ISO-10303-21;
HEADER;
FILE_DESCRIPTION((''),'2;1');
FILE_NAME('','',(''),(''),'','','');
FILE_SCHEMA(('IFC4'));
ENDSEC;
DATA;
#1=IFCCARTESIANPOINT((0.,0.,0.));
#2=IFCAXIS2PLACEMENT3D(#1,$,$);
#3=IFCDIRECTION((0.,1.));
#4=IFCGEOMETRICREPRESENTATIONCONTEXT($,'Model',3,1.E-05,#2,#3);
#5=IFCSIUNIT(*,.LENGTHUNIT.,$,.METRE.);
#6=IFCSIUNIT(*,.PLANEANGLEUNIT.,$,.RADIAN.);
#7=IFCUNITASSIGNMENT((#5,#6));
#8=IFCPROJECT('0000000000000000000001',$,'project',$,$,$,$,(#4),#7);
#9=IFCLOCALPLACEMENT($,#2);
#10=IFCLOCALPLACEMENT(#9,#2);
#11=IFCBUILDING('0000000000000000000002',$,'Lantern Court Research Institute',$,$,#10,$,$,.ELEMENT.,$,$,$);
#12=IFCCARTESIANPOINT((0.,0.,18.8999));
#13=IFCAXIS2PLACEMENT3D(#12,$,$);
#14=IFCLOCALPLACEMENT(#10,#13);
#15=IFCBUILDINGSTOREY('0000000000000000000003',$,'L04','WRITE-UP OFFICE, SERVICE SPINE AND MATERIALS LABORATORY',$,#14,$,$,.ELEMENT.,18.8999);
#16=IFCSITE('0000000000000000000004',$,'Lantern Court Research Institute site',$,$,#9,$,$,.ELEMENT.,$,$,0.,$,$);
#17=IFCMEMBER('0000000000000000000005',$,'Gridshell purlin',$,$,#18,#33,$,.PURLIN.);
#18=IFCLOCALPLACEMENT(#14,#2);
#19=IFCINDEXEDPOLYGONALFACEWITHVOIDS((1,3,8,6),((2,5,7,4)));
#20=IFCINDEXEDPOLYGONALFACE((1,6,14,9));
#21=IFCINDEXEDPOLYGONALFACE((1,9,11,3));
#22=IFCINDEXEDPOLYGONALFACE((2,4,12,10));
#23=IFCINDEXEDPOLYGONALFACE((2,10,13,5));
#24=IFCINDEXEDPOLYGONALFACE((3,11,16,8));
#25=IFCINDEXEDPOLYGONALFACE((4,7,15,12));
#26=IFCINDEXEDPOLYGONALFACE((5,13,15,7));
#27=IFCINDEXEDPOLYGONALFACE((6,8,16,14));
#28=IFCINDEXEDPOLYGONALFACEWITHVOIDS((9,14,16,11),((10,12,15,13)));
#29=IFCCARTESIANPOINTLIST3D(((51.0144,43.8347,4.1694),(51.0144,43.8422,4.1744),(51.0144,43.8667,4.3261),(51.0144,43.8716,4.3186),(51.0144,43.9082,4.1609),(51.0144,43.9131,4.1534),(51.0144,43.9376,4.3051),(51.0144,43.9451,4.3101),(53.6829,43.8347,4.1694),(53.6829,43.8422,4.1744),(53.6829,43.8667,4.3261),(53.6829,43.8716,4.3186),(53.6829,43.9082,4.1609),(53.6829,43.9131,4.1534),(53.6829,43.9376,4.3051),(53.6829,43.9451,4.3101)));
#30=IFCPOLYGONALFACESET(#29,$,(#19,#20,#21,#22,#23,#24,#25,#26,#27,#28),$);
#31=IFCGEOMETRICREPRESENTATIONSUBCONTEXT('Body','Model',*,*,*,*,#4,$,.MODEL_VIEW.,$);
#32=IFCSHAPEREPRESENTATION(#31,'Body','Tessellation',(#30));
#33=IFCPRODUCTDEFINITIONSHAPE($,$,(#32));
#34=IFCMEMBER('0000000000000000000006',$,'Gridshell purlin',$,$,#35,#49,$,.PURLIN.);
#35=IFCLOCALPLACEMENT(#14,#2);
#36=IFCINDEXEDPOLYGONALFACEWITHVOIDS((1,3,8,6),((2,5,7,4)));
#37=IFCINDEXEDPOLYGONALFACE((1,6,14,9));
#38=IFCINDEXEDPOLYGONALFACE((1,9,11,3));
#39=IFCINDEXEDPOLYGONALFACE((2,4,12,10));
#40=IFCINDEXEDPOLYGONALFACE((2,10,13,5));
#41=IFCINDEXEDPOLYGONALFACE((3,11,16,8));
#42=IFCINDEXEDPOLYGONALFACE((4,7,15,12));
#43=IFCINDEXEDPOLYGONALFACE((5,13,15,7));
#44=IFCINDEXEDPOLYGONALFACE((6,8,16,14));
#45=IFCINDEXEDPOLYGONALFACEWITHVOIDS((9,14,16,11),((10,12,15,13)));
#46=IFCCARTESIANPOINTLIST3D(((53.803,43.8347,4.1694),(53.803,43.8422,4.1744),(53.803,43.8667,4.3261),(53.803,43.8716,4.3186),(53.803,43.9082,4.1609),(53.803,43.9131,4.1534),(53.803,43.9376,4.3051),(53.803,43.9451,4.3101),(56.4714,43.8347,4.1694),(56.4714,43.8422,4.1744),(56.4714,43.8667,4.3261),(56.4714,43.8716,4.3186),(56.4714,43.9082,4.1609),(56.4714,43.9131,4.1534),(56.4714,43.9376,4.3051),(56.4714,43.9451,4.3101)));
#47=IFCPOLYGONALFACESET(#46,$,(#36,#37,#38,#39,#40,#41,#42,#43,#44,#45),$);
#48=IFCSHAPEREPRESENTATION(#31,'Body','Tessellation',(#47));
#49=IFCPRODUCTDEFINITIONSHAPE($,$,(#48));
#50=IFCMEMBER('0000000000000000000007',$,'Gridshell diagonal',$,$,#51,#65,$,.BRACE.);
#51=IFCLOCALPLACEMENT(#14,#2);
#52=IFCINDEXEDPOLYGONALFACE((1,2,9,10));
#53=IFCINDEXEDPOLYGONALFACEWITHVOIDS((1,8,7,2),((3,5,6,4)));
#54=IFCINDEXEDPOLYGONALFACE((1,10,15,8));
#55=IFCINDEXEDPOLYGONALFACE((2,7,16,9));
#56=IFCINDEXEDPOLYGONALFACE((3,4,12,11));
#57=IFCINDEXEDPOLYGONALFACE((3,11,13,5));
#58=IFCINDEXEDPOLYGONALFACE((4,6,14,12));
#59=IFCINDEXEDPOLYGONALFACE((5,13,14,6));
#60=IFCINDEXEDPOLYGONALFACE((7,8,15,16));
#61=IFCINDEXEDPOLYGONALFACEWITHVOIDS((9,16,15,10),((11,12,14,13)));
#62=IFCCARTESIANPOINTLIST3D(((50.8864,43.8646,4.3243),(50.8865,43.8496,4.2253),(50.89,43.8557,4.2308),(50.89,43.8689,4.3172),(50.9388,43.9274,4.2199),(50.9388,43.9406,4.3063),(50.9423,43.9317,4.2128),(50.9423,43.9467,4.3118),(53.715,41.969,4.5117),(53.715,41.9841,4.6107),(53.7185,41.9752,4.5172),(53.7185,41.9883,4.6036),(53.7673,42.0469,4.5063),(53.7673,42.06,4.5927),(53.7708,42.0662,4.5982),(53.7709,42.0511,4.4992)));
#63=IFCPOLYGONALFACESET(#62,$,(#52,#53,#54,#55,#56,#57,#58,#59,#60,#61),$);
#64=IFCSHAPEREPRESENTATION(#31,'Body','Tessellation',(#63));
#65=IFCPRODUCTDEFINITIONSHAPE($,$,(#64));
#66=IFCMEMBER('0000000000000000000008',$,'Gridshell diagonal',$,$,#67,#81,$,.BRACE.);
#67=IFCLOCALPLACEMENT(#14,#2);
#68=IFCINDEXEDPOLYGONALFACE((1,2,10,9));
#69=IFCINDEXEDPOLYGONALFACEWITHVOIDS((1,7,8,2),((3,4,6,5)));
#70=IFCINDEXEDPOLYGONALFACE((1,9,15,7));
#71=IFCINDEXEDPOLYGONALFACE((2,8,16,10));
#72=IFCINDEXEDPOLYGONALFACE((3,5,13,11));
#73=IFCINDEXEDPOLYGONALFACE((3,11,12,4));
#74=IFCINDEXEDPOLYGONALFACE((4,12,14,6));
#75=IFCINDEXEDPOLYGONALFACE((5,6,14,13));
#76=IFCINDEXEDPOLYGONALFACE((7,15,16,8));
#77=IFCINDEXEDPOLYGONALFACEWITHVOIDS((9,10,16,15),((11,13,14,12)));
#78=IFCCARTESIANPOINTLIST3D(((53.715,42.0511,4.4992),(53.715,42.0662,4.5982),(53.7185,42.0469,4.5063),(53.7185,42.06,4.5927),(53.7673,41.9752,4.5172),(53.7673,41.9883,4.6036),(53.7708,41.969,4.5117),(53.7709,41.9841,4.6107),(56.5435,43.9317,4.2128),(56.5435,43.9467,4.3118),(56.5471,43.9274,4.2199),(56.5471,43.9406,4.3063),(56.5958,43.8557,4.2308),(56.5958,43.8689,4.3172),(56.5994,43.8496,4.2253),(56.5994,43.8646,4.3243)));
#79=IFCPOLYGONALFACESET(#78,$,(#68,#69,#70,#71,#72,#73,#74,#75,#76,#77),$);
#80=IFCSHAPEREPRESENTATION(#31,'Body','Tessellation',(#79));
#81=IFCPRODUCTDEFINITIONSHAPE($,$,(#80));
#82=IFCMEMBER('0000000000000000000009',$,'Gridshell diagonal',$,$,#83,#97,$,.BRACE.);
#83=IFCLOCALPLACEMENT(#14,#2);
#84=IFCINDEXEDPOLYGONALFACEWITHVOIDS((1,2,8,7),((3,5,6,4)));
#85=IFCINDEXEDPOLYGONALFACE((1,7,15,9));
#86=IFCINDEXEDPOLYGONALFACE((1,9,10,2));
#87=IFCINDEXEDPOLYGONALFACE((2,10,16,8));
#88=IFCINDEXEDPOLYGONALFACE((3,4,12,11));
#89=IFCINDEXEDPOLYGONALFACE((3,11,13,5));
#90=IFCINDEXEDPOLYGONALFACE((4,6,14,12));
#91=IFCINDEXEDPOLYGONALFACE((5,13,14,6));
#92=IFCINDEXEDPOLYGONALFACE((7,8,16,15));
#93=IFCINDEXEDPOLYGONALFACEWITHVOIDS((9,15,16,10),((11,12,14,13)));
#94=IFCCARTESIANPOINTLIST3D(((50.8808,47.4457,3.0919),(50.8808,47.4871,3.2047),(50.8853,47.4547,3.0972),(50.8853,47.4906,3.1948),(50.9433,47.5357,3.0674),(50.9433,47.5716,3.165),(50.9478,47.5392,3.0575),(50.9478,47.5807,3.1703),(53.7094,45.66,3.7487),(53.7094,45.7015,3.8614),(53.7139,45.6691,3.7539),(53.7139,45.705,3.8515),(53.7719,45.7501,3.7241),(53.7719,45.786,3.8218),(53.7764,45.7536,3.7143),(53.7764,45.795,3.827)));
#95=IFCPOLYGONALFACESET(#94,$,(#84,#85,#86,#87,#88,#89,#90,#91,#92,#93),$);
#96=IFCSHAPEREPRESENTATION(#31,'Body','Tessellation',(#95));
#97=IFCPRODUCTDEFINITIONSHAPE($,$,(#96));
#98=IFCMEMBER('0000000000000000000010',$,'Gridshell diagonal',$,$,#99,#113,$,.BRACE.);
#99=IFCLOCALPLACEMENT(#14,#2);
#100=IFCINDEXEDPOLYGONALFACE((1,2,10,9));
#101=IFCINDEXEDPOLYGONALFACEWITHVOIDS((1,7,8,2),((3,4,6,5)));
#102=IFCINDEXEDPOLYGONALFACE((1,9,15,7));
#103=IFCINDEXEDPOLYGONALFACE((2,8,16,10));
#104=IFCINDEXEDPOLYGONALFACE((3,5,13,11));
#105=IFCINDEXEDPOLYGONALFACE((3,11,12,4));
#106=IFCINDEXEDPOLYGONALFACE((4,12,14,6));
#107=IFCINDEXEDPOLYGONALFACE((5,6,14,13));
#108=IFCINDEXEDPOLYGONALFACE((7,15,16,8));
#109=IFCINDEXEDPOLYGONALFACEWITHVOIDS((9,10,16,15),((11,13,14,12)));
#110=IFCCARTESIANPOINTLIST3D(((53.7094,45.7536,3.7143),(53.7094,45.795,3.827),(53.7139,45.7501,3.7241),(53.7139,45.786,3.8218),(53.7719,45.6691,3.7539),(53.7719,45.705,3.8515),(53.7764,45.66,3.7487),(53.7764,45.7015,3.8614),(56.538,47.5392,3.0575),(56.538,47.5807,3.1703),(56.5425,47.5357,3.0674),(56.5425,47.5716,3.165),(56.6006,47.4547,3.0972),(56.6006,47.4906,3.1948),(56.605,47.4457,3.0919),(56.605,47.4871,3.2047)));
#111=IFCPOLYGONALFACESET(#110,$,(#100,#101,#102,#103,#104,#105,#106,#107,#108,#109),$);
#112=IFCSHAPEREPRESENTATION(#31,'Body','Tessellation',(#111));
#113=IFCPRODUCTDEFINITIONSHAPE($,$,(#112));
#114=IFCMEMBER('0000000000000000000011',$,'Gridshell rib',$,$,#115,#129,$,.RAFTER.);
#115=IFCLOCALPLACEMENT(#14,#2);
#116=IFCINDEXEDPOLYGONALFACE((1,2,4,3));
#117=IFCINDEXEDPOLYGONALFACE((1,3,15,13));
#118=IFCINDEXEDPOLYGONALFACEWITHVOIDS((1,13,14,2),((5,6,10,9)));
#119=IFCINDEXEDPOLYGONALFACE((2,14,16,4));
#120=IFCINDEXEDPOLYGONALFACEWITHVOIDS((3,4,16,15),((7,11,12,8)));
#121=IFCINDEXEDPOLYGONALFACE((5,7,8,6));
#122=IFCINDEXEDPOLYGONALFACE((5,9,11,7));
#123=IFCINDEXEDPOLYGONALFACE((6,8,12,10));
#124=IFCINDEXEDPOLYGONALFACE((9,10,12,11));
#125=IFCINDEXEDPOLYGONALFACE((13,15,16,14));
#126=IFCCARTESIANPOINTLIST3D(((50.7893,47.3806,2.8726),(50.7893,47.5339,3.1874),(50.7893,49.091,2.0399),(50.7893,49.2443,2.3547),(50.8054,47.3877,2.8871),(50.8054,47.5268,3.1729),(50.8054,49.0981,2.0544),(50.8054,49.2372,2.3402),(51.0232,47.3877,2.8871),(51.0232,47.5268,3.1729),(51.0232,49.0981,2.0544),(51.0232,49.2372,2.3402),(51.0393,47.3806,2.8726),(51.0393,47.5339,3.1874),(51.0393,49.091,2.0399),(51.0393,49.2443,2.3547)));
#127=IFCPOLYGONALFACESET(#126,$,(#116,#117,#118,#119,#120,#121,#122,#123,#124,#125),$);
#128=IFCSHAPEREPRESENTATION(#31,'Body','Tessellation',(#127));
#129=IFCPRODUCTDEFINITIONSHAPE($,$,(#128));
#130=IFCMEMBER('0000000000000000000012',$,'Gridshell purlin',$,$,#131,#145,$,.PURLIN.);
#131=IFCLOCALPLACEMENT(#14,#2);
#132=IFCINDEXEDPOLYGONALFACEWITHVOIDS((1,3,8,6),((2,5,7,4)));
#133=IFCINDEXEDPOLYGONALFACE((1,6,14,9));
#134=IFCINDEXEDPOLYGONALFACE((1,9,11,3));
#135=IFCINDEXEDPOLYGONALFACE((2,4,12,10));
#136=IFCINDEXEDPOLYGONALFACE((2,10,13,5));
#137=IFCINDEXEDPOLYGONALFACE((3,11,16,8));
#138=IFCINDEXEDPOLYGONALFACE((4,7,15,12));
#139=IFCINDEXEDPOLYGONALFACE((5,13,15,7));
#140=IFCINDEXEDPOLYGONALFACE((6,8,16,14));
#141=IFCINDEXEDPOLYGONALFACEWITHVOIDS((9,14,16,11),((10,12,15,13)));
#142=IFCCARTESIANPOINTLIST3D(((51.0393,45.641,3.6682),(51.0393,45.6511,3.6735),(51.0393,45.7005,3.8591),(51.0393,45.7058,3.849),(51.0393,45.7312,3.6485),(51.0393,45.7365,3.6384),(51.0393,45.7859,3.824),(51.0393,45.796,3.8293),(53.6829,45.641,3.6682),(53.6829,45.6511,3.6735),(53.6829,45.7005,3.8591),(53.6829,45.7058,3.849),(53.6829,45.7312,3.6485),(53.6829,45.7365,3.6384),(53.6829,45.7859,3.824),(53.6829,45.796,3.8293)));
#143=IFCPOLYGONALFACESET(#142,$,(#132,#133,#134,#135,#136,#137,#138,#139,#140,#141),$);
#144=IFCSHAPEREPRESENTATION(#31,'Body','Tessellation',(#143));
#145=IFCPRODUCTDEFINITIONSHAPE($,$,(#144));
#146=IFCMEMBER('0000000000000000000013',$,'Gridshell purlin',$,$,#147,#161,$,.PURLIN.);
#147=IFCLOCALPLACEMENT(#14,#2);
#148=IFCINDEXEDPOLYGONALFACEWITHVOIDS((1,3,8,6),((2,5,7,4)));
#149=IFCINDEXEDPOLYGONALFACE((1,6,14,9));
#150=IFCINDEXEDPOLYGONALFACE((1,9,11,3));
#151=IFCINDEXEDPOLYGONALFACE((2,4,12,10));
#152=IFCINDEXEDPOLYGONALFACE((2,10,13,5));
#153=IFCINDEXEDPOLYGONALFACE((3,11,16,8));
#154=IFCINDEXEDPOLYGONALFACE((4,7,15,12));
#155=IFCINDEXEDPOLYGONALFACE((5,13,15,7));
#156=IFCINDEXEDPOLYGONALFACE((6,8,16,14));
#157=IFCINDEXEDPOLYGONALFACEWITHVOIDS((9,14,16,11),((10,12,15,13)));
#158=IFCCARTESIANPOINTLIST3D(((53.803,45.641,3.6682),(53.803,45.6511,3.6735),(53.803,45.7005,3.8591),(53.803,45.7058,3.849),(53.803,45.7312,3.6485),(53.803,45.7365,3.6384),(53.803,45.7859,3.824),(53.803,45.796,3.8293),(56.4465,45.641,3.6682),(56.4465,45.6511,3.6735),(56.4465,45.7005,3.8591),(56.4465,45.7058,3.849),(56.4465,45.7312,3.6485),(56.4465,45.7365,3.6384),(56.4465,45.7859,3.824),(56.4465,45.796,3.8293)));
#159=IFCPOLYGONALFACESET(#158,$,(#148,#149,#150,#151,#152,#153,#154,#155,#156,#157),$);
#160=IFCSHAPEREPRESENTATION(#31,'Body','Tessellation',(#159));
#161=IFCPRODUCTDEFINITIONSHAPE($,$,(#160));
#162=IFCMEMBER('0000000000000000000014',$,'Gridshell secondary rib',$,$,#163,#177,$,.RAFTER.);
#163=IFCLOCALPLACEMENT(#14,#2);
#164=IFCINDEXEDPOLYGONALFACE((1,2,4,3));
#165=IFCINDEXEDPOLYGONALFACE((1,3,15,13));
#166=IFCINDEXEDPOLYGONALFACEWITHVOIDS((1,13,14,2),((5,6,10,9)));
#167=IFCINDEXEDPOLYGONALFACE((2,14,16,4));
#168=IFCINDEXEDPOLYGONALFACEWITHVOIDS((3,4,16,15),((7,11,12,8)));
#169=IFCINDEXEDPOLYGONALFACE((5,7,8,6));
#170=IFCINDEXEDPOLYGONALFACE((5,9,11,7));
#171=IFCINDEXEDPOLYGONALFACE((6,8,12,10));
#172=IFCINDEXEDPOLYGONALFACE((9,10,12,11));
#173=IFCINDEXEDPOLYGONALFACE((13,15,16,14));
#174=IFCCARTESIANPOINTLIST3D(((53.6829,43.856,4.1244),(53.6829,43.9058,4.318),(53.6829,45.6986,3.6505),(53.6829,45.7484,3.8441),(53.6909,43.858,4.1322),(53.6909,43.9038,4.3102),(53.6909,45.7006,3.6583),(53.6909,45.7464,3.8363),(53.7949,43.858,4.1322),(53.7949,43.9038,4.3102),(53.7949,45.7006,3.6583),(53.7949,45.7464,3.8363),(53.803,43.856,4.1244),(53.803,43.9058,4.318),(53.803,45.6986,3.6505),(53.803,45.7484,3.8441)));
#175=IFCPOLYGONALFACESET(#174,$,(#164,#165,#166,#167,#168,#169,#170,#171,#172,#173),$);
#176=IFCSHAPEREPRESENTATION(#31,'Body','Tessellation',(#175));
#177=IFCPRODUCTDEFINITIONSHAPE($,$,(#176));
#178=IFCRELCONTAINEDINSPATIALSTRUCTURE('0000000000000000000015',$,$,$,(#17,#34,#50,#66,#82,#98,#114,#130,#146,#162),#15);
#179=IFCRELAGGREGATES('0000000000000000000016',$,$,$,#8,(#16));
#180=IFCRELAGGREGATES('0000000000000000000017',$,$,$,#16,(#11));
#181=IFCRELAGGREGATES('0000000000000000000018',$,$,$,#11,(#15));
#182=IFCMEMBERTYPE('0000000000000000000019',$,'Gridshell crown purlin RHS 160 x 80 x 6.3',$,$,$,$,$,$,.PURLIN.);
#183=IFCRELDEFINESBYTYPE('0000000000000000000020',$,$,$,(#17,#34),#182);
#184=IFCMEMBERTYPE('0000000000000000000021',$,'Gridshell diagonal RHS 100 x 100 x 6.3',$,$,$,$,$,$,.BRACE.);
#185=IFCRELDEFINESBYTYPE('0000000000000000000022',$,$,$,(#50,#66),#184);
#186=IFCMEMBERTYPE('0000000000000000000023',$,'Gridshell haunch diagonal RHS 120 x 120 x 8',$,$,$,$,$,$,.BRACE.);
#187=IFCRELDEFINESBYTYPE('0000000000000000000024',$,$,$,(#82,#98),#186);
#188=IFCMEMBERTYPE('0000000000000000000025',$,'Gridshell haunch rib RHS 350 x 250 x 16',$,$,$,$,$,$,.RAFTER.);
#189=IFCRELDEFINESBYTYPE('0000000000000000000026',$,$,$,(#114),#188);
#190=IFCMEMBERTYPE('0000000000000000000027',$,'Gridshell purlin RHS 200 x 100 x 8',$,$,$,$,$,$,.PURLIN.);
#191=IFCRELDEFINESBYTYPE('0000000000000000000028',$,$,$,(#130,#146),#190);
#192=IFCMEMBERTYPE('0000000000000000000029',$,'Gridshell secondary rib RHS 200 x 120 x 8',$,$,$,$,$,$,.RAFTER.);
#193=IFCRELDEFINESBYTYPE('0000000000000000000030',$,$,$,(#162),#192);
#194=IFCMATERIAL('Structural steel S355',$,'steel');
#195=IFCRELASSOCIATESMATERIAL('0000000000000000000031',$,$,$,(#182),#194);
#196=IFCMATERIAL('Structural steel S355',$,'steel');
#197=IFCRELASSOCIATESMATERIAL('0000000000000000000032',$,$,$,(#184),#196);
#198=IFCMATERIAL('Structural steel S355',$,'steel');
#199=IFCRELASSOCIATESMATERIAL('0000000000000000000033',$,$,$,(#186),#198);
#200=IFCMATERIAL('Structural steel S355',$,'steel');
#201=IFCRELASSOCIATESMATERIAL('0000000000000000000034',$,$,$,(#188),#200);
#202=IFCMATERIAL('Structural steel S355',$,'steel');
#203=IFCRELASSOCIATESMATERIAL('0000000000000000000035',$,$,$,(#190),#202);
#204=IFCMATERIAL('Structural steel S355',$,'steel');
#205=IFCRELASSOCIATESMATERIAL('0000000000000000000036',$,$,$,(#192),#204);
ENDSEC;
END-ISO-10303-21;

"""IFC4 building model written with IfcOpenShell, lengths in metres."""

from ifc_helpers import new_model, si_unit, direction, frame, origin, origin_2d, place, context, subcontext, project, spatial, hollow_rectangle, extrude, material, material_profile, profile_set, type_object, element, save


model = new_model("IFC4")

# Units and contexts
model_context = context("Model", 3, precision=1e-05, world=origin(), true_north=direction((0.0, 1.0)))
body_context = subcontext(model_context, "Body", "Model", "MODEL_VIEW")
ifc_project = project(units=[si_unit("LENGTHUNIT", "METRE"), si_unit("PLANEANGLEUNIT", "RADIAN")], contexts=[model_context])

# Site, building, storey
site_placement = place(None, origin())
site = spatial("IfcSite", under=ifc_project, at=site_placement, Name="Lantern Court Research Institute site", CompositionType="ELEMENT", RefElevation=0.0)
building_placement = place(site_placement, origin())
building = spatial("IfcBuilding", under=site, at=building_placement, Name="Lantern Court Research Institute", CompositionType="ELEMENT")
storey_placement = place(building_placement, frame((0.0, 0.0, 18.8999)))
storey = spatial("IfcBuildingStorey", under=building, at=storey_placement, Name="L04", Description="WRITE-UP OFFICE, SERVICE SPINE AND MATERIALS LABORATORY", CompositionType="ELEMENT", Elevation=18.8999)

# Members
ifc_material_1 = material(Name="Structural steel S355", Category="steel")
ifc_material_profile_1 = material_profile(ifc_material_1, hollow_rectangle(XDim=0.0801, YDim=0.1599, WallThickness=0.0063, at=origin_2d()), Name="Gridshell crown purlin RHS 160 x 80 x 6.3")
ifc_profile_set_1 = profile_set([ifc_material_profile_1], Name="Structural steel S355")
member_type_1 = type_object("IfcMemberType", Name="Gridshell crown purlin RHS 160 x 80 x 6.3", PredefinedType="PURLIN", material=ifc_profile_set_1)
for number, where, z_axis, x_axis, name in (
    (1, (51.0144, 43.8899, 4.2397), (1.0, 0.0, 0.0), (0.0, 0.979787, -0.200043), "Gridshell purlin"),
    (2, (53.803, 43.8899, 4.2397), (1.0, 0.0, 0.0), (0.0, 0.979787, -0.200043), "Gridshell purlin"),
):
    element("IfcMember", number, at=place(storey_placement, frame(where, z_axis=z_axis, x_axis=x_axis)), inside=storey, type_object=member_type_1, Name=name, PredefinedType="PURLIN", context=body_context, shape_type="SweptSolid", body=[
        extrude(hollow_rectangle(XDim=0.0801, YDim=0.1599, WallThickness=0.0063, at=origin_2d()), origin(), (0.0, 0.0, 1.0), 2.6685),
    ])
ifc_material_2 = material(Name="Structural steel S355", Category="steel")
ifc_material_profile_2 = material_profile(ifc_material_2, hollow_rectangle(XDim=0.1001, YDim=0.1001, WallThickness=0.0063, at=origin_2d()), Name="Gridshell diagonal RHS 100 x 100 x 6.3")
ifc_profile_set_2 = profile_set([ifc_material_profile_2], Name="Structural steel S355")
member_type_2 = type_object("IfcMemberType", Name="Gridshell diagonal RHS 100 x 100 x 6.3", PredefinedType="BRACE", material=ifc_profile_set_2)
for number, where, z_axis, x_axis, name in (
    (3, (53.7429, 42.0176, 4.5549), (-0.829802, 0.551698, -0.084012), (-0.558057, -0.820354, 0.124863), "Gridshell diagonal"),
    (4, (53.7429, 42.0176, 4.5549), (0.829802, 0.551698, -0.084012), (-0.558057, 0.820354, -0.124863), "Gridshell diagonal"),
):
    element("IfcMember", number, at=place(storey_placement, frame(where, z_axis=z_axis, x_axis=x_axis)), inside=storey, type_object=member_type_2, Name=name, PredefinedType="BRACE", context=body_context, shape_type="SweptSolid", body=[
        extrude(hollow_rectangle(XDim=0.1001, YDim=0.1001, WallThickness=0.0063, at=origin_2d()), origin(), (0.0, 0.0, 1.0), 3.4087),
    ])
ifc_material_3 = material(Name="Structural steel S355", Category="steel")
ifc_material_profile_3 = material_profile(ifc_material_3, hollow_rectangle(XDim=0.1201, YDim=0.1201, WallThickness=0.0081, at=origin_2d()), Name="Gridshell haunch diagonal RHS 120 x 120 x 8")
ifc_profile_set_3 = profile_set([ifc_material_profile_3], Name="Structural steel S355")
member_type_3 = type_object("IfcMemberType", Name="Gridshell haunch diagonal RHS 120 x 120 x 8", PredefinedType="BRACE", material=ifc_profile_set_3)
for number, where, z_axis, x_axis, name in (
    (5, (53.7429, 45.7275, 3.7878), (-0.829763, 0.523812, -0.192652), (-0.558116, -0.778754, 0.28644), "Gridshell diagonal"),
    (6, (53.7429, 45.7275, 3.7878), (0.829763, 0.523812, -0.192652), (-0.558116, 0.778754, -0.28644), "Gridshell diagonal"),
):
    element("IfcMember", number, at=place(storey_placement, frame(where, z_axis=z_axis, x_axis=x_axis)), inside=storey, type_object=member_type_3, Name=name, PredefinedType="BRACE", context=body_context, shape_type="SweptSolid", body=[
        extrude(hollow_rectangle(XDim=0.1201, YDim=0.1201, WallThickness=0.0081, at=origin_2d()), origin(), (0.0, 0.0, 1.0), 3.4089),
    ])
ifc_material_4 = material(Name="Structural steel S355", Category="steel")
ifc_material_profile_4 = material_profile(ifc_material_4, hollow_rectangle(XDim=0.25, YDim=0.3501, WallThickness=0.0161, at=origin_2d()), Name="Gridshell haunch rib RHS 350 x 250 x 16")
ifc_profile_set_4 = profile_set([ifc_material_profile_4], Name="Structural steel S355")
member_type_4 = type_object("IfcMemberType", Name="Gridshell haunch rib RHS 350 x 250 x 16", PredefinedType="RAFTER", material=ifc_profile_set_4)
member_1_placement = place(storey_placement, frame((50.9143, 47.4573, 3.03), z_axis=(0.0, 0.8991, -0.437743), x_axis=(-1.0, 0.0, 0.0)))
element("IfcMember", 7, at=member_1_placement, inside=storey, type_object=member_type_4, Name="Gridshell rib", PredefinedType="RAFTER", context=body_context, shape_type="SweptSolid", body=[
    extrude(hollow_rectangle(XDim=0.25, YDim=0.3501, WallThickness=0.0161, at=origin_2d()), origin(), (0.0, 0.0, 1.0), 1.9023),
])
ifc_material_5 = material(Name="Structural steel S355", Category="steel")
ifc_material_profile_5 = material_profile(ifc_material_5, hollow_rectangle(XDim=0.1001, YDim=0.2, WallThickness=0.0081, at=origin_2d()), Name="Gridshell purlin RHS 200 x 100 x 8")
ifc_profile_set_5 = profile_set([ifc_material_profile_5], Name="Structural steel S355")
member_type_5 = type_object("IfcMemberType", Name="Gridshell purlin RHS 200 x 100 x 8", PredefinedType="PURLIN", material=ifc_profile_set_5)
for number, where, z_axis, x_axis, name in (
    (8, (51.0393, 45.7185, 3.7488), (1.0, 0.0, 0.0), (0.0, 0.954713, -0.297528), "Gridshell purlin"),
    (9, (53.803, 45.7185, 3.7488), (1.0, 0.0, 0.0), (0.0, 0.954713, -0.297528), "Gridshell purlin"),
):
    element("IfcMember", number, at=place(storey_placement, frame(where, z_axis=z_axis, x_axis=x_axis)), inside=storey, type_object=member_type_5, Name=name, PredefinedType="PURLIN", context=body_context, shape_type="SweptSolid", body=[
        extrude(hollow_rectangle(XDim=0.1001, YDim=0.2, WallThickness=0.0081, at=origin_2d()), origin(), (0.0, 0.0, 1.0), 2.6436),
    ])
ifc_material_6 = material(Name="Structural steel S355", Category="steel")
ifc_material_profile_6 = material_profile(ifc_material_6, hollow_rectangle(XDim=0.1201, YDim=0.2, WallThickness=0.0081, at=origin_2d()), Name="Gridshell secondary rib RHS 200 x 120 x 8")
ifc_profile_set_6 = profile_set([ifc_material_profile_6], Name="Structural steel S355")
member_type_6 = type_object("IfcMemberType", Name="Gridshell secondary rib RHS 200 x 120 x 8", PredefinedType="RAFTER", material=ifc_profile_set_6)
member_2_placement = place(storey_placement, frame((53.7429, 43.8809, 4.2212), z_axis=(0.0, 0.968482, -0.249082), x_axis=(-1.0, 0.0, 0.0)))
element("IfcMember", 10, at=member_2_placement, inside=storey, type_object=member_type_6, Name="Gridshell secondary rib", PredefinedType="RAFTER", context=body_context, shape_type="SweptSolid", body=[
    extrude(hollow_rectangle(XDim=0.1201, YDim=0.2, WallThickness=0.0081, at=origin_2d()), origin(), (0.0, 0.0, 1.0), 1.9026),
])

save(model, "model.ifc")
